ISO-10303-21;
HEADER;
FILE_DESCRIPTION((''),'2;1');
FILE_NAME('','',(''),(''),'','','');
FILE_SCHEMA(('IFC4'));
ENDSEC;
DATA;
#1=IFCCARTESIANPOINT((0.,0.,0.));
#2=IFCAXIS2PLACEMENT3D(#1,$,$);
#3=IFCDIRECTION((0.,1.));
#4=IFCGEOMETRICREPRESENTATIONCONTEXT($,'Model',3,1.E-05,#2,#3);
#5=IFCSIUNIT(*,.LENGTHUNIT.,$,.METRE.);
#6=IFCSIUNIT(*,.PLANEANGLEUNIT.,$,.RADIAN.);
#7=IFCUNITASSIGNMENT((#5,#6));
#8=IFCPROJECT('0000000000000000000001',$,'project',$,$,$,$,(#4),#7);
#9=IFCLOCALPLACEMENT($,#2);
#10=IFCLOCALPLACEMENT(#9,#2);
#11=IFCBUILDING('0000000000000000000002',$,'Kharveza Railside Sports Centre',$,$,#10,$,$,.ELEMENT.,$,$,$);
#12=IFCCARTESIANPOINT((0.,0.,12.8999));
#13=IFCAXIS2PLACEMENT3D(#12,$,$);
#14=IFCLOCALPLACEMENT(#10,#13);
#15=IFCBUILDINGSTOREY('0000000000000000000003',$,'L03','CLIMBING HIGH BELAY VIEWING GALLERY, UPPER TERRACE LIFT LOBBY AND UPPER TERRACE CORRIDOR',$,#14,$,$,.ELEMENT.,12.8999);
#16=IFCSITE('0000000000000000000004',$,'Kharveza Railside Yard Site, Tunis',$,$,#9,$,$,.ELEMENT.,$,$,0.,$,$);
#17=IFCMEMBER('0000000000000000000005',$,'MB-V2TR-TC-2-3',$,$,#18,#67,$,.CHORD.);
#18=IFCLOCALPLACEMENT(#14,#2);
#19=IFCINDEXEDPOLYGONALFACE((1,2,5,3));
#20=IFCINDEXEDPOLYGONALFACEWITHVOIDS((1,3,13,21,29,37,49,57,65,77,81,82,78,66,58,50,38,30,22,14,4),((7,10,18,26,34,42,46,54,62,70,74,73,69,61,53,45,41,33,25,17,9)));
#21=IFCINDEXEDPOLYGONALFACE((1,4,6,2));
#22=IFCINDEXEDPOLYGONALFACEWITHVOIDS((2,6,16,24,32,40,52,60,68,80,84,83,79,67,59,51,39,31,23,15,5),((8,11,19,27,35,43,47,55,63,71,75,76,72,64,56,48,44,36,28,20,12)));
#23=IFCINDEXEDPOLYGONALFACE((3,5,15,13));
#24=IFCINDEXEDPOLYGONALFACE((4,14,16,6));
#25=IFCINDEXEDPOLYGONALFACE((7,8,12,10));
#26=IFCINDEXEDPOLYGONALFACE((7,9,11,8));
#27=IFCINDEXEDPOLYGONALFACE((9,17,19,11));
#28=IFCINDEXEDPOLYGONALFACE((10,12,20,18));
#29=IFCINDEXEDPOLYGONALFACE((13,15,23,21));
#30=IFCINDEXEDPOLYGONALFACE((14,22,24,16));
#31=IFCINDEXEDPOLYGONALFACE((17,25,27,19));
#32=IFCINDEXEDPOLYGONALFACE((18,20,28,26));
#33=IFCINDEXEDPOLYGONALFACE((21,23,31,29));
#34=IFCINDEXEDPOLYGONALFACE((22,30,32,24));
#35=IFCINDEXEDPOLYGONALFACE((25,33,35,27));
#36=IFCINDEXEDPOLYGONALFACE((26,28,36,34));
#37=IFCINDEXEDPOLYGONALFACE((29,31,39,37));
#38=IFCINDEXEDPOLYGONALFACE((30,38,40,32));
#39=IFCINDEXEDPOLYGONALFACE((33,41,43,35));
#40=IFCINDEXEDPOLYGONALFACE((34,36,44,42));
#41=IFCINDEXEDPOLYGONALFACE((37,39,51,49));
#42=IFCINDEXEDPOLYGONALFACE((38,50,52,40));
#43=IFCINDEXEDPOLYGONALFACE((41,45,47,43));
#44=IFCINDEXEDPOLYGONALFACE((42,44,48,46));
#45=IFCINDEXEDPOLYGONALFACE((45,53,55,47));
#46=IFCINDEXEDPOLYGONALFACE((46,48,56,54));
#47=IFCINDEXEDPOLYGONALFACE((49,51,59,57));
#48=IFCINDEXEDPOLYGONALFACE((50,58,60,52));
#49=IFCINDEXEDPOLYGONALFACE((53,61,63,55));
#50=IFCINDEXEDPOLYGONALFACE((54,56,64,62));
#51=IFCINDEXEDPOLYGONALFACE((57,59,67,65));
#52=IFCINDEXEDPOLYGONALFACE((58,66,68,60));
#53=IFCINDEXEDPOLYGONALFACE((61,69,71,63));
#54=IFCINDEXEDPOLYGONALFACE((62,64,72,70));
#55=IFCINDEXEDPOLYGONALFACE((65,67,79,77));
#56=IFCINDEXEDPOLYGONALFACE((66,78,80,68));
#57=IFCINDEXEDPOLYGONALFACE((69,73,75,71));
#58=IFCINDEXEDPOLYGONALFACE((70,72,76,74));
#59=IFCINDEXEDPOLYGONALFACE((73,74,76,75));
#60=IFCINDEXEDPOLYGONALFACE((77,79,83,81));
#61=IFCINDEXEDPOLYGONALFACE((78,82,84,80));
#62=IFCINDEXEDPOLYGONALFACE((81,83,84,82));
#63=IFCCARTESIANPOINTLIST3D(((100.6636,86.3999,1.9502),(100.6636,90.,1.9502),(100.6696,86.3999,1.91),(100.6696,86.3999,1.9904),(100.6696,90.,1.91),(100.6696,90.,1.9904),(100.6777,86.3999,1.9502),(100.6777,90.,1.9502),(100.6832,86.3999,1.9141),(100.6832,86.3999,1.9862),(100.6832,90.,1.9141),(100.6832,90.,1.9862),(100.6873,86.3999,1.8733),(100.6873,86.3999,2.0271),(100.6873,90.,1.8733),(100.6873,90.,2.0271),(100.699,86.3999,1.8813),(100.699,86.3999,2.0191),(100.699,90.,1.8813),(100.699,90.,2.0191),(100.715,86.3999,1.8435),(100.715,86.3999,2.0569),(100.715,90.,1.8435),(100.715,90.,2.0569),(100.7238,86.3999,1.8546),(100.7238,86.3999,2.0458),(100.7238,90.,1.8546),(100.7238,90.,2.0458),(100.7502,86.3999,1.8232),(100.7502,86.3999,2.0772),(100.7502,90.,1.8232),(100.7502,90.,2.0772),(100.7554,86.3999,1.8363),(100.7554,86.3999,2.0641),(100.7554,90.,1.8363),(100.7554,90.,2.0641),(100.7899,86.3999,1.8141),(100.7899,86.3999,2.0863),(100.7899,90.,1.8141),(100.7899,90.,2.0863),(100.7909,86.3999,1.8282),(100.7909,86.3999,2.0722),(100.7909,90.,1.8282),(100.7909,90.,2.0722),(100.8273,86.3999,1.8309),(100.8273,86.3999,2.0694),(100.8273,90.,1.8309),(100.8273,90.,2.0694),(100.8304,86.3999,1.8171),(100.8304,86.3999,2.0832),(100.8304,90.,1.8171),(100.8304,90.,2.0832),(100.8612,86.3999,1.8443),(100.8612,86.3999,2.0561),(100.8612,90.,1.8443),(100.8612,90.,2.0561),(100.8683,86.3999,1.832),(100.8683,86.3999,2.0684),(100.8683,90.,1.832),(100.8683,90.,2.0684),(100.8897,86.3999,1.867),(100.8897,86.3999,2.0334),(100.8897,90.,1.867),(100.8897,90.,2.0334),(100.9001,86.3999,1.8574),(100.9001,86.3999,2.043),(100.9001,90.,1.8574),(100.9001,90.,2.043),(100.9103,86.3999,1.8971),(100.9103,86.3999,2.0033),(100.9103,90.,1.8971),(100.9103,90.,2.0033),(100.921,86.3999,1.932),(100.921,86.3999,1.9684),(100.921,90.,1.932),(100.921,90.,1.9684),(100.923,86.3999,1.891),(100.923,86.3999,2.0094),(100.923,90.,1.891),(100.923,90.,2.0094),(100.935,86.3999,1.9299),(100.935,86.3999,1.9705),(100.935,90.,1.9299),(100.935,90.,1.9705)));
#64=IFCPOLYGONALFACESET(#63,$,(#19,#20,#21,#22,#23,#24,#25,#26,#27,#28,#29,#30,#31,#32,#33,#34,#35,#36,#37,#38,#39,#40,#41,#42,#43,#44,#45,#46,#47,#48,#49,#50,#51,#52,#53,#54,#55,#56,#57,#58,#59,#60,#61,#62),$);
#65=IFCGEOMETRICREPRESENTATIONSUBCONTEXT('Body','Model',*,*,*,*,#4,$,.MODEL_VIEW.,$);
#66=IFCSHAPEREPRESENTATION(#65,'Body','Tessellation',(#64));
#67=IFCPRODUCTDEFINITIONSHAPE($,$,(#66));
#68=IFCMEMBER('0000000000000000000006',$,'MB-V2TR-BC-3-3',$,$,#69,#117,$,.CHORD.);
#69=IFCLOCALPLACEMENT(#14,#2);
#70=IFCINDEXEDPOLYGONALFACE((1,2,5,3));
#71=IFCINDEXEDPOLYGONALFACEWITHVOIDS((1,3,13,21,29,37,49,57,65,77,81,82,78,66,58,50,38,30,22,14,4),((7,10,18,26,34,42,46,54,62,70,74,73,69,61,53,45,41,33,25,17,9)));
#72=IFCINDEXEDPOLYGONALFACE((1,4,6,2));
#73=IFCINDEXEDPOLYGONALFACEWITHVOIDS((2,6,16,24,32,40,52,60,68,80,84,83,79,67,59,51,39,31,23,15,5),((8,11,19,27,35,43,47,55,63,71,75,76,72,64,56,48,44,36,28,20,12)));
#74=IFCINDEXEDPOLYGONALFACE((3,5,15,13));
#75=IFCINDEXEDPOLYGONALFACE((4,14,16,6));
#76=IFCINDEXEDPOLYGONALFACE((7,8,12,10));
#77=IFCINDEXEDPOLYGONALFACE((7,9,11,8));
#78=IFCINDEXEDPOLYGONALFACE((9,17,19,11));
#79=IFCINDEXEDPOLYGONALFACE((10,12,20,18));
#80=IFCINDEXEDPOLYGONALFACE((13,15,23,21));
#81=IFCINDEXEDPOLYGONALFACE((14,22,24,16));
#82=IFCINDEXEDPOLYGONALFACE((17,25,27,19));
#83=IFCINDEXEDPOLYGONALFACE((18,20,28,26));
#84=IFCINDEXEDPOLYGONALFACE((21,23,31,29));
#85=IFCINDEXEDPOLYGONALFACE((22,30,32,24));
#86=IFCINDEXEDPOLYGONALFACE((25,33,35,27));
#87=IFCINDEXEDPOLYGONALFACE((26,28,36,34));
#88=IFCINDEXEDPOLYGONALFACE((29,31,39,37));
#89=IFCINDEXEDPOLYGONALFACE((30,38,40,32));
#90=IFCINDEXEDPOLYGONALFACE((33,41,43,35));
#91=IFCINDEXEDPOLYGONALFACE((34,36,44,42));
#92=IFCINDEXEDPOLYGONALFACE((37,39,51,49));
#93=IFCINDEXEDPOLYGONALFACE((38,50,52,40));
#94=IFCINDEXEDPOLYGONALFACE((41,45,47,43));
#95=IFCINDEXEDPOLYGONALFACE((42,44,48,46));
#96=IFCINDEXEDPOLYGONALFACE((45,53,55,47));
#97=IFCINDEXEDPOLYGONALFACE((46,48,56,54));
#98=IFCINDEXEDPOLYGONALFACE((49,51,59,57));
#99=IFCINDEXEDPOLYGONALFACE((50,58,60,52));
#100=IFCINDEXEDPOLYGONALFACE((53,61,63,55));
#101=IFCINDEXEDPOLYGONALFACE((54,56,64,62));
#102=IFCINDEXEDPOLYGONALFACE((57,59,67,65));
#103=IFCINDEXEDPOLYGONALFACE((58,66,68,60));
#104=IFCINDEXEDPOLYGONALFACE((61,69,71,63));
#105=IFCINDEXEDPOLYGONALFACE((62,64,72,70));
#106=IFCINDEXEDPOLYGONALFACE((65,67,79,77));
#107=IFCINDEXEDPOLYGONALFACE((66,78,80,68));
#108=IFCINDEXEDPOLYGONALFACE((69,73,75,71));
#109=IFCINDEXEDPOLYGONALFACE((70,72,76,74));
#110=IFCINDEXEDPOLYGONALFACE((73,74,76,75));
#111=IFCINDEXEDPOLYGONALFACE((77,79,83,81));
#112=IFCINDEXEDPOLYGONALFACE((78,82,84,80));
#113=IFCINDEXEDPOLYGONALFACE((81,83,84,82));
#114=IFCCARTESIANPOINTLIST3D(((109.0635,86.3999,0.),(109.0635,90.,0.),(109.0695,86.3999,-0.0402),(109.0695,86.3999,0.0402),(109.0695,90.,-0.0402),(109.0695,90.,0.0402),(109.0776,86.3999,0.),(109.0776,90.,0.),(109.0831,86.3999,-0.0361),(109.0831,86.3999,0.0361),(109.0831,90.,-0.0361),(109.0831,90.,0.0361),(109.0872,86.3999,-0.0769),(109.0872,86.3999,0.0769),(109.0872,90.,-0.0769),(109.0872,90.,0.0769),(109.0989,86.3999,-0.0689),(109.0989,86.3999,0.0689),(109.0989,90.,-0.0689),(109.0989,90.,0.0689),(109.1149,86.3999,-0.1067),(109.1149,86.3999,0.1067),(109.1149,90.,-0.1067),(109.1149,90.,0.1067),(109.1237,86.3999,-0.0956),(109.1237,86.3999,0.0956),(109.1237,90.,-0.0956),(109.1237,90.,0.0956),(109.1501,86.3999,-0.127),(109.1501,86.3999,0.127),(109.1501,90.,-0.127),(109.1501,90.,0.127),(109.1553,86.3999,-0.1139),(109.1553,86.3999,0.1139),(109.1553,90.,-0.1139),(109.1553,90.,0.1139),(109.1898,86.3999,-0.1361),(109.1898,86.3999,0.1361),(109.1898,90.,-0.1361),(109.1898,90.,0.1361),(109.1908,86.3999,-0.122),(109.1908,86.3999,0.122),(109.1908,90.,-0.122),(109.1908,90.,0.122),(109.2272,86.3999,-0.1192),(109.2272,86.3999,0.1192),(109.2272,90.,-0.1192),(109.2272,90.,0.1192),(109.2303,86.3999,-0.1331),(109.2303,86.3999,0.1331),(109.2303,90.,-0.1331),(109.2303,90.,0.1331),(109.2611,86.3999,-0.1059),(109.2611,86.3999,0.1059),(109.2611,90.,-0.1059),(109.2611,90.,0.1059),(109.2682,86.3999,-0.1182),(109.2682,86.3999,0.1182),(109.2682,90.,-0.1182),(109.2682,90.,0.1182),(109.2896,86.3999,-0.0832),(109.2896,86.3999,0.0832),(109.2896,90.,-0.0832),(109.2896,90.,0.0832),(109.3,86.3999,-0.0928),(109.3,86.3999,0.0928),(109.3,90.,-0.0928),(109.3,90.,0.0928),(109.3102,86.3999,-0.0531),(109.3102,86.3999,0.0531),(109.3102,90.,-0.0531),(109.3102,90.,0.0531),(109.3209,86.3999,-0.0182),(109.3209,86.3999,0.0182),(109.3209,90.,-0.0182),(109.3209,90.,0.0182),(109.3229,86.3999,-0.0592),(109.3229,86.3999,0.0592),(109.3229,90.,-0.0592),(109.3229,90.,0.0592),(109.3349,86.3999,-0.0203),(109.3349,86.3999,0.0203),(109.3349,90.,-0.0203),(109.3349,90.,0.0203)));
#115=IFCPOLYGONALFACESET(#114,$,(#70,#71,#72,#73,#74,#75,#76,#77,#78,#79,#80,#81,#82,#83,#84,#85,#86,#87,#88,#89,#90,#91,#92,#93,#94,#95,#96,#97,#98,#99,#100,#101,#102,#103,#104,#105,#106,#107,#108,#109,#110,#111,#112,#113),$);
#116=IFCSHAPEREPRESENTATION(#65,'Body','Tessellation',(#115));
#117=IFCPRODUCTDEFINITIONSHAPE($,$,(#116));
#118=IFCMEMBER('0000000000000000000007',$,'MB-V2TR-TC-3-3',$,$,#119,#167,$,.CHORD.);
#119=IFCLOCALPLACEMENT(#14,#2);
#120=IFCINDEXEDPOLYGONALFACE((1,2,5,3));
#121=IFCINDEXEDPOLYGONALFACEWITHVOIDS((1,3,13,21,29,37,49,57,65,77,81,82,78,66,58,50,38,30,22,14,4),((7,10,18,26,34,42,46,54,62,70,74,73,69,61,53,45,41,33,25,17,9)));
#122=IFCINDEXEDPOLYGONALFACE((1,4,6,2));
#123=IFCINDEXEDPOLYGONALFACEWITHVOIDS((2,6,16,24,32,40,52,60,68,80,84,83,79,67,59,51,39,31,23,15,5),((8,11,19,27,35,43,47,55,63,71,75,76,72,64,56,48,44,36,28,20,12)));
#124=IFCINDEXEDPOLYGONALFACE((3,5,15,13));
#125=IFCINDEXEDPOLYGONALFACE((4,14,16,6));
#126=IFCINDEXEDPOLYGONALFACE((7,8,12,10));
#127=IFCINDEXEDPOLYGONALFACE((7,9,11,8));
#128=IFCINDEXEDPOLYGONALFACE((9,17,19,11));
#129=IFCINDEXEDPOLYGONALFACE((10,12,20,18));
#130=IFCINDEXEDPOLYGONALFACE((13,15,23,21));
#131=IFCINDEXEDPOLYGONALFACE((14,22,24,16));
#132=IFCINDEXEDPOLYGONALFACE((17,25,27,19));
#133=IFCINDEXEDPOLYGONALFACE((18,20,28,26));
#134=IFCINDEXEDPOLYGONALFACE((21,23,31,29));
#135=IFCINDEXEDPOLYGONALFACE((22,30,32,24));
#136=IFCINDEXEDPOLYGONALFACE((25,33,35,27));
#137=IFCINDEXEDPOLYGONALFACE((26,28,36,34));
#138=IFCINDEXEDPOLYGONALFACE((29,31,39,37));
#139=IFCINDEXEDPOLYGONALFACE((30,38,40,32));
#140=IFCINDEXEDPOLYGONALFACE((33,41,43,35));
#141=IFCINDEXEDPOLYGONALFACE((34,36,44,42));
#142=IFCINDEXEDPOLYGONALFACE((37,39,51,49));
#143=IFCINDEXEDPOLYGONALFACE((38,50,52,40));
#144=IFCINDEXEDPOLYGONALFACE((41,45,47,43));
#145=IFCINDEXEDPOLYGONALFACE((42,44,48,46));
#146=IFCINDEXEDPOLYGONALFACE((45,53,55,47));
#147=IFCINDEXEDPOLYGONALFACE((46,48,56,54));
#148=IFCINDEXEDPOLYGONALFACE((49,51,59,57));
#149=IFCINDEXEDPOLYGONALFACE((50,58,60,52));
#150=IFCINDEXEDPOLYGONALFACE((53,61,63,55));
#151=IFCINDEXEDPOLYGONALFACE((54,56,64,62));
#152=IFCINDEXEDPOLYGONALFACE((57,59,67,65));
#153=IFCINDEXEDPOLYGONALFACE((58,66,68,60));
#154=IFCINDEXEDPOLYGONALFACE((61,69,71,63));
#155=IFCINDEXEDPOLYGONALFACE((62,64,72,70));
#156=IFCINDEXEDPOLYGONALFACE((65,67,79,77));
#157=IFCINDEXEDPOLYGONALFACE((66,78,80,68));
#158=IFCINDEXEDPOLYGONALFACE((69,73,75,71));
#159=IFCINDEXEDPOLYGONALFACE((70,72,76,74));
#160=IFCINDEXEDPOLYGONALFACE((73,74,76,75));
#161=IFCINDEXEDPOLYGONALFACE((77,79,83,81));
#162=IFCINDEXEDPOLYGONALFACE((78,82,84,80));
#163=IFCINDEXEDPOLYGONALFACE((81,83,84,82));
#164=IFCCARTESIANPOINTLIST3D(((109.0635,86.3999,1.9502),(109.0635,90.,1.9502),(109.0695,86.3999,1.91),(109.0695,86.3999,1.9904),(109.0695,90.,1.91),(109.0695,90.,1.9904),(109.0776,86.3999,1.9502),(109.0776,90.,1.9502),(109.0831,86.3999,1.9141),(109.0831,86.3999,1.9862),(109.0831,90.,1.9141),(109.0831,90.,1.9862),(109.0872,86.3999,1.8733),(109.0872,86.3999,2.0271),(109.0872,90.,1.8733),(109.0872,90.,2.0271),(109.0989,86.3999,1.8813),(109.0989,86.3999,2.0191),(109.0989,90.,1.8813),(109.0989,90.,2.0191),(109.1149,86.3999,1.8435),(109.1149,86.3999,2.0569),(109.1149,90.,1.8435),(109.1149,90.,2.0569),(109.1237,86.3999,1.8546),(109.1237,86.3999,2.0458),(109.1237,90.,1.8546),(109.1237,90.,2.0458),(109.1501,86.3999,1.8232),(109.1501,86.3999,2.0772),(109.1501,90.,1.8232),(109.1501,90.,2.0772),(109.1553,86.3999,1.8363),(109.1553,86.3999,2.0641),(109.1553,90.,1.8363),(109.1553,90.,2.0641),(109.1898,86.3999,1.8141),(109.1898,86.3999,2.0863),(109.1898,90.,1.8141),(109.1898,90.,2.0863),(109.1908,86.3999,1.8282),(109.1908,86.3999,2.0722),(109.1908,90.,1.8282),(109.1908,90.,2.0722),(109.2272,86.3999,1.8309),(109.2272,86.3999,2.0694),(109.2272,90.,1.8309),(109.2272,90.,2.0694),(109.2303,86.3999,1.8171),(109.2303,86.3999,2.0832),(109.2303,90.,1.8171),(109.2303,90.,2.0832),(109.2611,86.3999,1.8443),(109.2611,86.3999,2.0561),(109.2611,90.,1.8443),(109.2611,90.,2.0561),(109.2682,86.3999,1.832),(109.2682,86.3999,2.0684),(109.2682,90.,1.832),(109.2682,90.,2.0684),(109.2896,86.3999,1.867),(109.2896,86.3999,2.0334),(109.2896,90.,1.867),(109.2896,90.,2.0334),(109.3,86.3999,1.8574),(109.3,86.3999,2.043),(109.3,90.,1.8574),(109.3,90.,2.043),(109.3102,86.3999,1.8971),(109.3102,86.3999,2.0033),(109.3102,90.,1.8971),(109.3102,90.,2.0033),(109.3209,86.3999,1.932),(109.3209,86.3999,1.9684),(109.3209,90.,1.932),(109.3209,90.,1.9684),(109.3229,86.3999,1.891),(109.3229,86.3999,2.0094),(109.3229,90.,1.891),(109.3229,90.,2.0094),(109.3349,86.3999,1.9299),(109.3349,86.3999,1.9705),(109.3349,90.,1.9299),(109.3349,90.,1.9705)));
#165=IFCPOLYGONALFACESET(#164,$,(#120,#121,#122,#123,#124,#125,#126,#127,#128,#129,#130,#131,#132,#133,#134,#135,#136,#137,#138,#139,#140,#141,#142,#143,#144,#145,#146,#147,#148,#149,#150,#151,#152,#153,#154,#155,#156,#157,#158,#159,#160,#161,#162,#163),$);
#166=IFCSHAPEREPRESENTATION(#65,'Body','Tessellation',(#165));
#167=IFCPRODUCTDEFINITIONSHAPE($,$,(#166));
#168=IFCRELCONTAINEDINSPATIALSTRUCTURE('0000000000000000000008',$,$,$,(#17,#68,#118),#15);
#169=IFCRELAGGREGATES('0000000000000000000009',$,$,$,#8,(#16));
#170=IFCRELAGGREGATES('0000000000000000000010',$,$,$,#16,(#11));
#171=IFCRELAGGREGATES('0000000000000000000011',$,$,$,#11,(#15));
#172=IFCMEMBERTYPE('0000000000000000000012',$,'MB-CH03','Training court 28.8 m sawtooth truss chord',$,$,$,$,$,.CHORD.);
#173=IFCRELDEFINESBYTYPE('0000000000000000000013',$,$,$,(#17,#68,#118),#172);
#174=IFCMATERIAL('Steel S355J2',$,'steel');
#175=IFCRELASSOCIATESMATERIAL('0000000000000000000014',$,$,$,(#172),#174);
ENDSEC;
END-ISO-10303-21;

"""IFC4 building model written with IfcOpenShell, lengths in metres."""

from ifc_helpers import new_model, si_unit, direction, frame, origin, origin_2d, place, context, subcontext, project, spatial, hollow_circle, extrude, material, material_profile, profile_set, type_object, element, save


model = new_model("IFC4")

# Units and contexts
model_context = context("Model", 3, precision=1e-05, world=origin(), true_north=direction((0.0, 1.0)))
body_context = subcontext(model_context, "Body", "Model", "MODEL_VIEW")
ifc_project = project(units=[si_unit("LENGTHUNIT", "METRE"), si_unit("PLANEANGLEUNIT", "RADIAN")], contexts=[model_context])

# Site, building, storey
site_placement = place(None, origin())
site = spatial("IfcSite", under=ifc_project, at=site_placement, Name="Kharveza Railside Yard Site, Tunis", CompositionType="ELEMENT", RefElevation=0.0)
building_placement = place(site_placement, origin())
building = spatial("IfcBuilding", under=site, at=building_placement, Name="Kharveza Railside Sports Centre", CompositionType="ELEMENT")
storey_placement = place(building_placement, frame((0.0, 0.0, 12.8999)))
storey = spatial("IfcBuildingStorey", under=building, at=storey_placement, Name="L03", Description="CLIMBING HIGH BELAY VIEWING GALLERY, UPPER TERRACE LIFT LOBBY AND UPPER TERRACE CORRIDOR", CompositionType="ELEMENT", Elevation=12.8999)

# Shared definitions
ifc_material_1 = material(Name="Steel S355J2", Category="steel")

# Members
ifc_material_profile_1 = material_profile(ifc_material_1, hollow_circle(Radius=0.1365, WallThickness=0.0142, at=origin_2d()), Name="CHS 273.0x14.2")
ifc_profile_set_1 = profile_set([ifc_material_profile_1], Name="Steel S355J2")
member_type_1 = type_object("IfcMemberType", Name="MB-CH03", Description="Training court 28.8 m sawtooth truss chord", PredefinedType="CHORD", material=ifc_profile_set_1)
for number, where, z_axis, x_axis, name in (
    (1, (100.8, 86.3999, 1.9502), (0.0, 1.0, 0.0), (-1.0, 0.0, 0.0), "MB-V2TR-TC-2-3"),
    (2, (109.2, 86.3999, 0.0), (0.0, 1.0, 0.0), (-1.0, 0.0, 0.0), "MB-V2TR-BC-3-3"),
    (3, (109.2, 86.3999, 1.9502), (0.0, 1.0, 0.0), (-1.0, 0.0, 0.0), "MB-V2TR-TC-3-3"),
):
    element("IfcMember", number, at=place(storey_placement, frame(where, z_axis=z_axis, x_axis=x_axis)), inside=storey, type_object=member_type_1, Name=name, PredefinedType="CHORD", context=body_context, shape_type="SweptSolid", body=[
        extrude(hollow_circle(Radius=0.1365, WallThickness=0.0142, at=origin_2d()), origin(), (0.0, 0.0, 1.0), 3.6001),
    ])

save(model, "model.ifc")
